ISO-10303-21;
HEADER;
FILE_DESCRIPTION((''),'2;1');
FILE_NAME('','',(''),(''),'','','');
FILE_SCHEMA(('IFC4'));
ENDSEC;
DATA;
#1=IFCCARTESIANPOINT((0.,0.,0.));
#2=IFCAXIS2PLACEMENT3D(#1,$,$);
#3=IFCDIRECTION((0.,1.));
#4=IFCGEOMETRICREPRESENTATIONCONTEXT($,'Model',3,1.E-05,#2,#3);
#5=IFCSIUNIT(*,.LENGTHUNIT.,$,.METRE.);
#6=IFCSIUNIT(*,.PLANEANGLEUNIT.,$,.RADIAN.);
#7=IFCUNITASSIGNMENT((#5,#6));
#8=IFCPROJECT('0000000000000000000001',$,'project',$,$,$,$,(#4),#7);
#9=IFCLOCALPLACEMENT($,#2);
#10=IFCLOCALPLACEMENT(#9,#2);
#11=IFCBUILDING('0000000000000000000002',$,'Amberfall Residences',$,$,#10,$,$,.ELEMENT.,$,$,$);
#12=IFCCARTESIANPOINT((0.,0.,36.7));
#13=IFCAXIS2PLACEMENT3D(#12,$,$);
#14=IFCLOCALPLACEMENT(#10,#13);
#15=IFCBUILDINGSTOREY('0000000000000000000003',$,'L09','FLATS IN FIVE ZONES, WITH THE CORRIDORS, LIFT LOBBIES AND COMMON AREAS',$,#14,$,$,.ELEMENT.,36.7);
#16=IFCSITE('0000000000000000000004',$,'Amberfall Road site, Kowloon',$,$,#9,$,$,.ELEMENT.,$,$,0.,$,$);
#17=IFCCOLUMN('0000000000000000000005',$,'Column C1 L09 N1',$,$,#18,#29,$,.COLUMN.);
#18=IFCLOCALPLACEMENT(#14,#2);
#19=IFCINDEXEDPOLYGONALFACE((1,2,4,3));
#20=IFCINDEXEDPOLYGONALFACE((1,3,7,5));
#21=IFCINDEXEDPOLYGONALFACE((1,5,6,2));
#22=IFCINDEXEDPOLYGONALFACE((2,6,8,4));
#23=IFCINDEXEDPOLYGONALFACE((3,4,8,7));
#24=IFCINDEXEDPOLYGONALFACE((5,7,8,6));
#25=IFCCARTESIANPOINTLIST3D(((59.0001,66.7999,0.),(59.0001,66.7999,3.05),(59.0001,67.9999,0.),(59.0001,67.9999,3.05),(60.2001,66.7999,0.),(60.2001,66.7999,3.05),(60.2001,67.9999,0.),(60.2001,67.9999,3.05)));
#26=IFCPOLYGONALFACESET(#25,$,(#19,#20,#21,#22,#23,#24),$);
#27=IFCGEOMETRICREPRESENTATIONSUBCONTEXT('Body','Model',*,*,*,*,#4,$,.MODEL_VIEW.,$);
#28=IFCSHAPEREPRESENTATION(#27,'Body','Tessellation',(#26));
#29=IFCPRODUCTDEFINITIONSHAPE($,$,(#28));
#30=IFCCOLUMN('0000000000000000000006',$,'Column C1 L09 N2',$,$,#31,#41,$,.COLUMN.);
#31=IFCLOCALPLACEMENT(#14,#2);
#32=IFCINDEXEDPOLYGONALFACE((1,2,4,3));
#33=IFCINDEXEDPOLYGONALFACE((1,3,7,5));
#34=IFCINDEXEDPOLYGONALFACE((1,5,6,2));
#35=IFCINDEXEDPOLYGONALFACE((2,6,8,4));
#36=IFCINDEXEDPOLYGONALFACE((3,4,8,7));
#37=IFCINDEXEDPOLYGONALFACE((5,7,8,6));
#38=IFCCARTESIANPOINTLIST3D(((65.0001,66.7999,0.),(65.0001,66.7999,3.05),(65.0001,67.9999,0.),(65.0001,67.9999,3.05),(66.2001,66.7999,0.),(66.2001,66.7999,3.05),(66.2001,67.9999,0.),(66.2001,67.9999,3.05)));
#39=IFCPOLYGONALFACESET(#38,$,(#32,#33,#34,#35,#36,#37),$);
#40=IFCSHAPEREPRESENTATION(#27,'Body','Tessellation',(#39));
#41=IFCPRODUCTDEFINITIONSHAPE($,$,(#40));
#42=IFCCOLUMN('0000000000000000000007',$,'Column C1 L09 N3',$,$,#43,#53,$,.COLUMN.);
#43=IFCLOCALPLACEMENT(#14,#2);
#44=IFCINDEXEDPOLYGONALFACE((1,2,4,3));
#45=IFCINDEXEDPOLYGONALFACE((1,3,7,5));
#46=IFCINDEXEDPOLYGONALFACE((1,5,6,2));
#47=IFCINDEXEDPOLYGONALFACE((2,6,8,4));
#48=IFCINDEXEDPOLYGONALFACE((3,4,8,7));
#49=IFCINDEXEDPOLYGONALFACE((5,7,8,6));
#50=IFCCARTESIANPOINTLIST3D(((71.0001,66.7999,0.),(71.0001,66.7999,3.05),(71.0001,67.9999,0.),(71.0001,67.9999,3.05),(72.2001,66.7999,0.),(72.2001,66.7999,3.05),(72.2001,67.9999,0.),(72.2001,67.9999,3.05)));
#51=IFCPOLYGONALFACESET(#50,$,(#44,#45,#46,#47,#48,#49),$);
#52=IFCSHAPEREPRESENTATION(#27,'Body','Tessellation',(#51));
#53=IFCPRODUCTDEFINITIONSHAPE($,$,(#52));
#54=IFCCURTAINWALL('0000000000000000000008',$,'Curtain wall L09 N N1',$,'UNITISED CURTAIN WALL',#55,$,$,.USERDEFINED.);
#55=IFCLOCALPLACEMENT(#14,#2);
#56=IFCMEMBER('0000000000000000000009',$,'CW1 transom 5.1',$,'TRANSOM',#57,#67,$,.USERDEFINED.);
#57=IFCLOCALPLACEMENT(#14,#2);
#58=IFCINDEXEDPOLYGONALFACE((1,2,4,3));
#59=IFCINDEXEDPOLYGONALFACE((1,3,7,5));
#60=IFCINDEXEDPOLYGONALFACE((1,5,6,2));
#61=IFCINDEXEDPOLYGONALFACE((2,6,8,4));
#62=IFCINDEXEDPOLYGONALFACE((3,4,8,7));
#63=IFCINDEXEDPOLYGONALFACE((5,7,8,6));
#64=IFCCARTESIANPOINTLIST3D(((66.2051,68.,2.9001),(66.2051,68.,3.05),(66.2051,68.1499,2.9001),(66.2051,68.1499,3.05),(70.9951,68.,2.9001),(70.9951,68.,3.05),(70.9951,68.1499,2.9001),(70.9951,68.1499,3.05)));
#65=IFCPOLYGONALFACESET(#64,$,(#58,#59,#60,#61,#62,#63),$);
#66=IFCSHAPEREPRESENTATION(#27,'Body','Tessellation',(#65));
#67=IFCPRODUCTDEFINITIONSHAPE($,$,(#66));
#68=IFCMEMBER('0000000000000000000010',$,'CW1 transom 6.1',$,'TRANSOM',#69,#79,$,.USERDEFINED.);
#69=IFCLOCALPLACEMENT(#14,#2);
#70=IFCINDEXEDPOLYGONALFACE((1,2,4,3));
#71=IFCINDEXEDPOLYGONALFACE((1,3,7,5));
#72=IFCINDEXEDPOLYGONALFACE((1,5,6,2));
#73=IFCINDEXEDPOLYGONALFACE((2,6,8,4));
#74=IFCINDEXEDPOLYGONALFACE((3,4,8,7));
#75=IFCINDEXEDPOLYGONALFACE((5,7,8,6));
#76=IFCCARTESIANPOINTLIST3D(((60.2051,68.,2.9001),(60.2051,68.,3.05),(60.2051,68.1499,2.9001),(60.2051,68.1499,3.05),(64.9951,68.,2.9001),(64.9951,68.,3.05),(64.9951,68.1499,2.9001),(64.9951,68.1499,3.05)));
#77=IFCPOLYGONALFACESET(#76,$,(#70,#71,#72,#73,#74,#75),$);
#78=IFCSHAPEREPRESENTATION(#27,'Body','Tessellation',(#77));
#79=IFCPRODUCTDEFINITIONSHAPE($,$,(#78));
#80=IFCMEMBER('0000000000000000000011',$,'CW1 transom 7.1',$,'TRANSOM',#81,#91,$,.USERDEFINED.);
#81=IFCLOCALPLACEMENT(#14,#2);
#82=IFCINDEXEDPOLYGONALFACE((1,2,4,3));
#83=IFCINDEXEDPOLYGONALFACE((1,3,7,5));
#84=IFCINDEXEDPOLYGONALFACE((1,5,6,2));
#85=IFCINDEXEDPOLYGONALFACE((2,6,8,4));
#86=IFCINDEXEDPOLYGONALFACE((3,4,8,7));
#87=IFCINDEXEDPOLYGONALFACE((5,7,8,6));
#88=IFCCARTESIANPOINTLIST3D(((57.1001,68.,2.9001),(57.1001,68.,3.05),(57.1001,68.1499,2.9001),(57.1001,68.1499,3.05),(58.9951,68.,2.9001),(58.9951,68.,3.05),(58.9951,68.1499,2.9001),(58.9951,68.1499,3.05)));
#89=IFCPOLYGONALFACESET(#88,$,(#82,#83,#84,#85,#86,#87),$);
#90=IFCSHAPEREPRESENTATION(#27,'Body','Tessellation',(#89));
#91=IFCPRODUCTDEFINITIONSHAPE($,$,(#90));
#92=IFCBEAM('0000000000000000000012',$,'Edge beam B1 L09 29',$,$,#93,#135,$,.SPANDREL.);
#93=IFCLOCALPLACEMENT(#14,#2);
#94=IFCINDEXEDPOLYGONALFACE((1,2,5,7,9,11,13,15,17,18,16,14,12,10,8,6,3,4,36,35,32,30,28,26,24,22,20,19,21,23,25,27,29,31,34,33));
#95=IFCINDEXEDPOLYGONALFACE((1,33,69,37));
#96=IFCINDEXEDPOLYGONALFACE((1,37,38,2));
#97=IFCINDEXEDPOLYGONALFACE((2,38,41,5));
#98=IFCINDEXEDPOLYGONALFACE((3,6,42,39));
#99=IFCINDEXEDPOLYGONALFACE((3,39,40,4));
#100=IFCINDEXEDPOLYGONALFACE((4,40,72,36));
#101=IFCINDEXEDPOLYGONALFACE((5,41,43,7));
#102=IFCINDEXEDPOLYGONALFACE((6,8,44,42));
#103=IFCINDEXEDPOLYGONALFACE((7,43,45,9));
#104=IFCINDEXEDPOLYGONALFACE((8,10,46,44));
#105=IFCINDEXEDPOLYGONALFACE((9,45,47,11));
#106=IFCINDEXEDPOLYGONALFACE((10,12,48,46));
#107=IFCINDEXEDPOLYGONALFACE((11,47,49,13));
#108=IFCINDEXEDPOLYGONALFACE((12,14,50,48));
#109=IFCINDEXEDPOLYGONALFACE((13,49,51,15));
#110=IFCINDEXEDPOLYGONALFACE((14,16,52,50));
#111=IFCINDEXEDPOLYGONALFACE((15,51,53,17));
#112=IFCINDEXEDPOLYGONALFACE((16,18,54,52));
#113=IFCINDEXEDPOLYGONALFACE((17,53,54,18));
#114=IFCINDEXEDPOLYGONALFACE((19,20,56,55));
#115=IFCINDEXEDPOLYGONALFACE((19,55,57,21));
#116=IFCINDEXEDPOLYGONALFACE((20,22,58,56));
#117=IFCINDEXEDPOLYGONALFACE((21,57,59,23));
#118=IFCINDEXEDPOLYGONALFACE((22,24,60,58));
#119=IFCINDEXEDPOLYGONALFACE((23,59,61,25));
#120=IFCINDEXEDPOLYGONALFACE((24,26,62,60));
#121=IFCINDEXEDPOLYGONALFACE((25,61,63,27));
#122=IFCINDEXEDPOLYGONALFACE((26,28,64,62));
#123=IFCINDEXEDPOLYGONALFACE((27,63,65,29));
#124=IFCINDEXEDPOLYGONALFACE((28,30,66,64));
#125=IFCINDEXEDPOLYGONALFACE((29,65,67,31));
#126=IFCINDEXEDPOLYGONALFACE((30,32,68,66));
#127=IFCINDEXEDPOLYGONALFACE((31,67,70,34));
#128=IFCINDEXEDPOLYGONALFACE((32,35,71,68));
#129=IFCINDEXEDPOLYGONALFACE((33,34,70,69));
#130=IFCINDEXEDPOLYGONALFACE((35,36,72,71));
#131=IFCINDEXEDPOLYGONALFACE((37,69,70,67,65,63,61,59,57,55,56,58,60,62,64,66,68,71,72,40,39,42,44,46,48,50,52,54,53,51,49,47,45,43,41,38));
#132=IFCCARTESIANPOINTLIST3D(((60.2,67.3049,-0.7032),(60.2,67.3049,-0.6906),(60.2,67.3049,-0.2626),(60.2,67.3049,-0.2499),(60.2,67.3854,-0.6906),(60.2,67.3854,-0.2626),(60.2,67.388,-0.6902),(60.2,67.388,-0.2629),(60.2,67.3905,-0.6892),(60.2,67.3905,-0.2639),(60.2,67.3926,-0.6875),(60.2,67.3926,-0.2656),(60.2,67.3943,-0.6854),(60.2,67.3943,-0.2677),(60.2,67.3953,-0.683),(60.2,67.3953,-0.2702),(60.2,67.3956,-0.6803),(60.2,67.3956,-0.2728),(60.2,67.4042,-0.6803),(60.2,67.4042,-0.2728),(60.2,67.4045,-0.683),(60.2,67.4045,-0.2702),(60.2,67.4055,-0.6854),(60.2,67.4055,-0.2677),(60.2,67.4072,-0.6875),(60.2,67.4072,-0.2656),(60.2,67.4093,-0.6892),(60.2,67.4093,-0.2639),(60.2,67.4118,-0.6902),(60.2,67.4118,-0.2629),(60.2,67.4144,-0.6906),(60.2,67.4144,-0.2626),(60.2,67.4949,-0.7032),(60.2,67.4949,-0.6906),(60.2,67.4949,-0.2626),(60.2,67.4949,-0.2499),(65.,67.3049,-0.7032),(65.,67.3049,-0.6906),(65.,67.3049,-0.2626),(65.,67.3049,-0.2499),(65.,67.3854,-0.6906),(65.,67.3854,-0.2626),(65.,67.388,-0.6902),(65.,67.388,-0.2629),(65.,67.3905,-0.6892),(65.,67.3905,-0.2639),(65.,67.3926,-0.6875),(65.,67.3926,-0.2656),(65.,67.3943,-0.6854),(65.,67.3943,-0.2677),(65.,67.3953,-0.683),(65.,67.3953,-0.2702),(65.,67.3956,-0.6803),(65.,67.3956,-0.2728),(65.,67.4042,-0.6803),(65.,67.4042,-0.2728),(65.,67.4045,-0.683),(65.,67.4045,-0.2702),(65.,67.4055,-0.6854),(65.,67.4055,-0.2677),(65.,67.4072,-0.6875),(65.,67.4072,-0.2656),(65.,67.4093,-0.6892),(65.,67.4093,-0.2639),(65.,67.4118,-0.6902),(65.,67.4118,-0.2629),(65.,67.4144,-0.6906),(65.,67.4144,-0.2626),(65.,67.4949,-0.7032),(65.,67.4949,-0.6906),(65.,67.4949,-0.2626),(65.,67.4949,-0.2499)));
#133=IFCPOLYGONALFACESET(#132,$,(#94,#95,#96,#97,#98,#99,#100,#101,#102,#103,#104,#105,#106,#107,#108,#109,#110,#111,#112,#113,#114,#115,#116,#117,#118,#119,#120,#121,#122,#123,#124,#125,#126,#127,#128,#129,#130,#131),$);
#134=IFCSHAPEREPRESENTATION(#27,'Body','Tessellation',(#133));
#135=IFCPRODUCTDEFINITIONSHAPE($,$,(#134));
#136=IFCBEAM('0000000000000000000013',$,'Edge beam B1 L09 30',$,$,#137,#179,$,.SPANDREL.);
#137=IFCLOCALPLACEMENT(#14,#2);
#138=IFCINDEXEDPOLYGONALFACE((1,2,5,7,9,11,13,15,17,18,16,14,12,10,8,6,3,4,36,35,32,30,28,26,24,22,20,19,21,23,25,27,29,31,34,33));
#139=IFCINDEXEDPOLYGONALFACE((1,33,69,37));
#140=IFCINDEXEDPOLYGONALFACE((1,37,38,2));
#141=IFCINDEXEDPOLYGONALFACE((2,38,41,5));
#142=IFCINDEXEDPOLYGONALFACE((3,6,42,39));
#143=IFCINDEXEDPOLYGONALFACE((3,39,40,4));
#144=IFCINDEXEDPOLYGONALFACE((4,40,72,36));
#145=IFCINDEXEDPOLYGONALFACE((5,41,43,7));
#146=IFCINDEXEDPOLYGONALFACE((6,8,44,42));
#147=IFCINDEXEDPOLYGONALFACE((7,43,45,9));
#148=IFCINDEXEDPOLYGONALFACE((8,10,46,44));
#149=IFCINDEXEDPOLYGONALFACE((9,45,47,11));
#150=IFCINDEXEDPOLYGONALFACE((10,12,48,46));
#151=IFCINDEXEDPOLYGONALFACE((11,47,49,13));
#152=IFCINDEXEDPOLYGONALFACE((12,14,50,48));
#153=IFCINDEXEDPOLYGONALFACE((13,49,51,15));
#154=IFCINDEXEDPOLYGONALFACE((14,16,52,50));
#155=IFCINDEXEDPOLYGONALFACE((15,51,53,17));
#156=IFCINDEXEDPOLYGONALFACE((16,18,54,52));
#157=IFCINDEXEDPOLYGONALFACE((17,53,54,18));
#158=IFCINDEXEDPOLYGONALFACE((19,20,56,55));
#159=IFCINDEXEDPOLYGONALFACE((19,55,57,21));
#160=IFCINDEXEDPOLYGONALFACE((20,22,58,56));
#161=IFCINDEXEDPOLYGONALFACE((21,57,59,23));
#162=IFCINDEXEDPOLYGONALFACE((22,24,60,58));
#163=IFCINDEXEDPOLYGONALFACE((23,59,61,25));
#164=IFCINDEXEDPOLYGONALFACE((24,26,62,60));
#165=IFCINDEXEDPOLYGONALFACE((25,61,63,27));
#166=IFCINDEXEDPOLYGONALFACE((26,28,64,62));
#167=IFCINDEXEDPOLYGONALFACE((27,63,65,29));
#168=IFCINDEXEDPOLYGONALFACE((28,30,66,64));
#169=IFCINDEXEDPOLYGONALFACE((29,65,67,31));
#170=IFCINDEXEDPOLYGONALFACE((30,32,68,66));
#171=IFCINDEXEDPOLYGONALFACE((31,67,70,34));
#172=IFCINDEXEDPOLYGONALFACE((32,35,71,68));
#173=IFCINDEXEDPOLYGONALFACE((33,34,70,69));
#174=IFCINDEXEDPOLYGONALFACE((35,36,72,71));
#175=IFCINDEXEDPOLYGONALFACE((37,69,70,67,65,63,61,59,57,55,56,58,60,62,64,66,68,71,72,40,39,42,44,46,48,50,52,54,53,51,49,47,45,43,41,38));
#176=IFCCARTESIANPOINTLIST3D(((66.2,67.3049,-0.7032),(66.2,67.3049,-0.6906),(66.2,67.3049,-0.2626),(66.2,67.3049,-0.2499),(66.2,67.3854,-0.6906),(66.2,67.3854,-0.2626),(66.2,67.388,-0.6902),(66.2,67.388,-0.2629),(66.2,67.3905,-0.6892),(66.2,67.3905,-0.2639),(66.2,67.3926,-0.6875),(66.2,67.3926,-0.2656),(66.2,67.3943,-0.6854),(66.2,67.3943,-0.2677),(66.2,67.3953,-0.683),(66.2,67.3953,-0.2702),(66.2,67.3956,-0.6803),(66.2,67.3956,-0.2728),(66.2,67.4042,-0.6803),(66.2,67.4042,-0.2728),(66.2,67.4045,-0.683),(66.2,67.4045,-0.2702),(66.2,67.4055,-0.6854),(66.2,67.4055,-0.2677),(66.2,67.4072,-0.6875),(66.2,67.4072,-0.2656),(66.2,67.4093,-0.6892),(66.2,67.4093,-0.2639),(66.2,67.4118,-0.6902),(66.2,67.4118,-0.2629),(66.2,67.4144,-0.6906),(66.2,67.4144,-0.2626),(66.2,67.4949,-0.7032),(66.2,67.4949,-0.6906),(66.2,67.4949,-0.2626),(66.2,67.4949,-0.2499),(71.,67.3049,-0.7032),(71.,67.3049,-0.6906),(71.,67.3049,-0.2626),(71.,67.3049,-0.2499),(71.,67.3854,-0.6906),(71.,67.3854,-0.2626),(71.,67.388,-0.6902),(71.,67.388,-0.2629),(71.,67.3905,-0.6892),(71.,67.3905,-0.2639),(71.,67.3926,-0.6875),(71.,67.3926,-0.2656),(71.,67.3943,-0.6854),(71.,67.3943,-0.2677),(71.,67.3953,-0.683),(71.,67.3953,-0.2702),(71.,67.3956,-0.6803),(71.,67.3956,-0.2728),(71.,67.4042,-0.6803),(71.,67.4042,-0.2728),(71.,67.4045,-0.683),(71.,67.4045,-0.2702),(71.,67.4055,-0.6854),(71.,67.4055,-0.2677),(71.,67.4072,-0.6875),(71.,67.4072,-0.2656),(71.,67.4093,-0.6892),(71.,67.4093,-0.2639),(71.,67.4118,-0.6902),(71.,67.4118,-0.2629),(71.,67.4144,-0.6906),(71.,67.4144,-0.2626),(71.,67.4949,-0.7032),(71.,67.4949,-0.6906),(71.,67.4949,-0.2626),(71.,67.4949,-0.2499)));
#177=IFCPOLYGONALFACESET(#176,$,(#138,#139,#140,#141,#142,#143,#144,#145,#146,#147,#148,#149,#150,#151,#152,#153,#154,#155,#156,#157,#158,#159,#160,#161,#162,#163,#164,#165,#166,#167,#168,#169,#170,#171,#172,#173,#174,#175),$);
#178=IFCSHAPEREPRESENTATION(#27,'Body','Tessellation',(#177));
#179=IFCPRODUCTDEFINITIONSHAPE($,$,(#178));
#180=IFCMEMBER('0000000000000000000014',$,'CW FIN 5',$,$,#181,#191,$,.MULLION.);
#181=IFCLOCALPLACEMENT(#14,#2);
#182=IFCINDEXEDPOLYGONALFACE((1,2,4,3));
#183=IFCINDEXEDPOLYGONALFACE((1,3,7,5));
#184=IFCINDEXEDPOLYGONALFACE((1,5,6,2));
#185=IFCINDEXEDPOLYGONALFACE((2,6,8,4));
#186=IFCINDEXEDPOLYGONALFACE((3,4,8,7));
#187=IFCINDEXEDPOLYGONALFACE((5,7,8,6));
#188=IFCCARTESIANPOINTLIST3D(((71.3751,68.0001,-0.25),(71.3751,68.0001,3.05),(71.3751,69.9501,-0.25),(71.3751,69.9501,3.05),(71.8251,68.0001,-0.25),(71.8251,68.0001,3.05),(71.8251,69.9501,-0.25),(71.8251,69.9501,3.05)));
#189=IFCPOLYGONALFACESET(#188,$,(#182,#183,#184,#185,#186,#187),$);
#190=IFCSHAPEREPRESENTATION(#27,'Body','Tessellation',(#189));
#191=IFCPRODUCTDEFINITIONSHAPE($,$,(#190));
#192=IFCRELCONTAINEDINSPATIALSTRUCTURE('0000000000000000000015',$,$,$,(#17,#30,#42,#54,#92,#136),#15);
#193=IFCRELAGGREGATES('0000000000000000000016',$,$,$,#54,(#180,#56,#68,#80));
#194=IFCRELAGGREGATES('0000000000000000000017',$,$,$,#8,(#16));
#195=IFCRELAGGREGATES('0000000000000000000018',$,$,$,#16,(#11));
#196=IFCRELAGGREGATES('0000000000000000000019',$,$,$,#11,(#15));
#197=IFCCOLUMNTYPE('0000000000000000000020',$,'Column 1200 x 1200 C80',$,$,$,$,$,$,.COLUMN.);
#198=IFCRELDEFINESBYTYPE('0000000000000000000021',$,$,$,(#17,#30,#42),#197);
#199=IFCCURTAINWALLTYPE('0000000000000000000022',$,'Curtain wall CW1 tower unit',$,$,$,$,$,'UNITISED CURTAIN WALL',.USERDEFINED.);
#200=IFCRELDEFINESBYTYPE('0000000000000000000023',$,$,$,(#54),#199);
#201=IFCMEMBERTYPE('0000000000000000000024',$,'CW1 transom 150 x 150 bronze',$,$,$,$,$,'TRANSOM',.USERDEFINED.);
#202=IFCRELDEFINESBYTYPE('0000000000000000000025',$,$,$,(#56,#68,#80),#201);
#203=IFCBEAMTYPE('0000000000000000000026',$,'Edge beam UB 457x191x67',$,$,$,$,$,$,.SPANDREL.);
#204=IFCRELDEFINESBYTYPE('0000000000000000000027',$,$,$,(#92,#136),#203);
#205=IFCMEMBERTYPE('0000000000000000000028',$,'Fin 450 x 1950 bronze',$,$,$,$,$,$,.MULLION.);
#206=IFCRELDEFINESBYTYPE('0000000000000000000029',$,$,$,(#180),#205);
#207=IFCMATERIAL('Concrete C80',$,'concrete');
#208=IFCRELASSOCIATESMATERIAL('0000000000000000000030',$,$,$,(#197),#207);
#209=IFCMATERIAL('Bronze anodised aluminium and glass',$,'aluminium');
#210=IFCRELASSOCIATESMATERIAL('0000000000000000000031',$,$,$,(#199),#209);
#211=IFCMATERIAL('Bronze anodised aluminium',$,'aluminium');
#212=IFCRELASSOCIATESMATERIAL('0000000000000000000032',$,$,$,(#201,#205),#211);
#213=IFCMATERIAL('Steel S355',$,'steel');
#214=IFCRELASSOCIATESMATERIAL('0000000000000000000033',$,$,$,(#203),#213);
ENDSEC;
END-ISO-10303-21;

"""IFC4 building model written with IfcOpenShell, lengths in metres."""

from ifc_helpers import new_model, si_unit, direction, frame, origin, origin_2d, place, context, subcontext, project, spatial, rectangle, i_section, extrude, material, material_profile, profile_set, type_object, element, aggregate, save


model = new_model("IFC4")

# Units and contexts
model_context = context("Model", 3, precision=1e-05, world=origin(), true_north=direction((0.0, 1.0)))
body_context = subcontext(model_context, "Body", "Model", "MODEL_VIEW")
ifc_project = project(units=[si_unit("LENGTHUNIT", "METRE"), si_unit("PLANEANGLEUNIT", "RADIAN")], contexts=[model_context])

# Site, building, storey
site_placement = place(None, origin())
site = spatial("IfcSite", under=ifc_project, at=site_placement, Name="Amberfall Road site, Kowloon", CompositionType="ELEMENT", RefElevation=0.0)
building_placement = place(site_placement, origin())
building = spatial("IfcBuilding", under=site, at=building_placement, Name="Amberfall Residences", CompositionType="ELEMENT")
storey_placement = place(building_placement, frame((0.0, 0.0, 36.7)))
storey = spatial("IfcBuildingStorey", under=building, at=storey_placement, Name="L09", Description="FLATS IN FIVE ZONES, WITH THE CORRIDORS, LIFT LOBBIES AND COMMON AREAS", CompositionType="ELEMENT", Elevation=36.7)

# Columns
ifc_material_1 = material(Name="Concrete C80", Category="concrete")
ifc_material_profile_1 = material_profile(ifc_material_1, rectangle(XDim=1.2, YDim=1.2, at=origin_2d()), Name="Column 1200 x 1200 C80")
ifc_profile_set_1 = profile_set([ifc_material_profile_1], Name="Concrete C80")
column_type = type_object("IfcColumnType", Name="Column 1200 x 1200 C80", PredefinedType="COLUMN", material=ifc_profile_set_1)
for number, where, z_axis, x_axis, name in (
    (1, (59.6001, 67.3999, 0.0), (0.0, 0.0, 1.0), (1.0, 0.0, 0.0), "Column C1 L09 N1"),
    (2, (65.6001, 67.3999, 0.0), (0.0, 0.0, 1.0), (1.0, 0.0, 0.0), "Column C1 L09 N2"),
    (3, (71.6001, 67.3999, 0.0), (0.0, 0.0, 1.0), (1.0, 0.0, 0.0), "Column C1 L09 N3"),
):
    element("IfcColumn", number, at=place(storey_placement, frame(where, z_axis=z_axis, x_axis=x_axis)), inside=storey, type_object=column_type, Name=name, PredefinedType="COLUMN", context=body_context, shape_type="SweptSolid", body=[
        extrude(rectangle(XDim=1.2, YDim=1.2, at=origin_2d()), origin(), (0.0, 0.0, 1.0), 3.05),
    ])

# Curtain wall, members
ifc_material_2 = material(Name="Bronze anodised aluminium and glass", Category="aluminium")
curtain_wall_type = type_object("IfcCurtainWallType", Name="Curtain wall CW1 tower unit", ElementType="UNITISED CURTAIN WALL", PredefinedType="USERDEFINED", material=ifc_material_2)
curtain_wall_placement = place(storey_placement, origin())
curtain_wall = element("IfcCurtainWall", 4, at=curtain_wall_placement, inside=storey, type_object=curtain_wall_type, Name="Curtain wall L09 N N1", ObjectType="UNITISED CURTAIN WALL", PredefinedType="USERDEFINED")
ifc_material_3 = material(Name="Bronze anodised aluminium", Category="aluminium")
ifc_material_profile_2 = material_profile(ifc_material_3, rectangle(XDim=0.1499, YDim=0.1499, at=origin_2d()), Name="CW1 transom 150 x 150 bronze")
ifc_profile_set_2 = profile_set([ifc_material_profile_2], Name="Bronze anodised aluminium")
member_type_1 = type_object("IfcMemberType", Name="CW1 transom 150 x 150 bronze", ElementType="TRANSOM", PredefinedType="USERDEFINED", material=ifc_profile_set_2)
member_1_placement = place(storey_placement, frame((70.9951, 68.075, 2.9751), z_axis=(-1.0, 0.0, 0.0), x_axis=(0.0, -1.0, 0.0)))
member_1 = element("IfcMember", 5, at=member_1_placement, type_object=member_type_1, Name="CW1 transom 5.1", ObjectType="TRANSOM", PredefinedType="USERDEFINED", context=body_context, shape_type="SweptSolid", body=[
    extrude(rectangle(XDim=0.1499, YDim=0.1499, at=origin_2d()), origin(), (0.0, 0.0, 1.0), 4.79),
])
member_2_placement = place(storey_placement, frame((64.9951, 68.075, 2.9751), z_axis=(-1.0, 0.0, 0.0), x_axis=(0.0, -1.0, 0.0)))
member_2 = element("IfcMember", 6, at=member_2_placement, type_object=member_type_1, Name="CW1 transom 6.1", ObjectType="TRANSOM", PredefinedType="USERDEFINED", context=body_context, shape_type="SweptSolid", body=[
    extrude(rectangle(XDim=0.1499, YDim=0.1499, at=origin_2d()), origin(), (0.0, 0.0, 1.0), 4.79),
])
member_3_placement = place(storey_placement, frame((58.9951, 68.075, 2.9751), z_axis=(-1.0, 0.0, 0.0), x_axis=(0.0, -1.0, 0.0)))
member_3 = element("IfcMember", 7, at=member_3_placement, type_object=member_type_1, Name="CW1 transom 7.1", ObjectType="TRANSOM", PredefinedType="USERDEFINED", context=body_context, shape_type="SweptSolid", body=[
    extrude(rectangle(XDim=0.1499, YDim=0.1499, at=origin_2d()), origin(), (0.0, 0.0, 1.0), 1.895),
])

# Beams
ifc_material_4 = material(Name="Steel S355", Category="steel")
ifc_material_profile_3 = material_profile(ifc_material_4, i_section(OverallWidth=0.1899, OverallDepth=0.4534, WebThickness=0.0085, FlangeThickness=0.0127, FilletRadius=0.0103, at=origin_2d()), Name="UB 457x191x67")
ifc_profile_set_3 = profile_set([ifc_material_profile_3], Name="Steel S355")
beam_type_1 = type_object("IfcBeamType", Name="Edge beam UB 457x191x67", PredefinedType="SPANDREL", material=ifc_profile_set_3)
for number, where, z_axis, x_axis, name in (
    (8, (60.2, 67.3999, -0.4766), (1.0, 0.0, 0.0), (0.0, 1.0, 0.0), "Edge beam B1 L09 29"),
    (9, (66.2, 67.3999, -0.4766), (1.0, 0.0, 0.0), (0.0, 1.0, 0.0), "Edge beam B1 L09 30"),
):
    element("IfcBeam", number, at=place(storey_placement, frame(where, z_axis=z_axis, x_axis=x_axis)), inside=storey, type_object=beam_type_1, Name=name, PredefinedType="SPANDREL", context=body_context, shape_type="SweptSolid", body=[
        extrude(i_section(OverallWidth=0.1899, OverallDepth=0.4534, WebThickness=0.0085, FlangeThickness=0.0127, FilletRadius=0.0103, at=origin_2d()), origin(), (0.0, 0.0, 1.0), 4.8),
    ])

# Member
ifc_material_profile_4 = material_profile(ifc_material_3, rectangle(XDim=1.95, YDim=0.45, at=origin_2d()), Name="Fin 450 x 1950 bronze")
ifc_profile_set_4 = profile_set([ifc_material_profile_4], Name="Bronze anodised aluminium")
member_type_2 = type_object("IfcMemberType", Name="Fin 450 x 1950 bronze", PredefinedType="MULLION", material=ifc_profile_set_4)
member_4_placement = place(storey_placement, frame((71.6001, 68.9751, -0.25), z_axis=(0.0, 0.0, 1.0), x_axis=(0.0, -1.0, 0.0)))
member_4 = element("IfcMember", 10, at=member_4_placement, type_object=member_type_2, Name="CW FIN 5", PredefinedType="MULLION", context=body_context, shape_type="SweptSolid", body=[
    extrude(rectangle(XDim=1.95, YDim=0.45, at=origin_2d()), origin(), (0.0, 0.0, 1.0), 3.3),
])

aggregate(curtain_wall, [member_4, member_1, member_2, member_3])

save(model, "model.ifc")
